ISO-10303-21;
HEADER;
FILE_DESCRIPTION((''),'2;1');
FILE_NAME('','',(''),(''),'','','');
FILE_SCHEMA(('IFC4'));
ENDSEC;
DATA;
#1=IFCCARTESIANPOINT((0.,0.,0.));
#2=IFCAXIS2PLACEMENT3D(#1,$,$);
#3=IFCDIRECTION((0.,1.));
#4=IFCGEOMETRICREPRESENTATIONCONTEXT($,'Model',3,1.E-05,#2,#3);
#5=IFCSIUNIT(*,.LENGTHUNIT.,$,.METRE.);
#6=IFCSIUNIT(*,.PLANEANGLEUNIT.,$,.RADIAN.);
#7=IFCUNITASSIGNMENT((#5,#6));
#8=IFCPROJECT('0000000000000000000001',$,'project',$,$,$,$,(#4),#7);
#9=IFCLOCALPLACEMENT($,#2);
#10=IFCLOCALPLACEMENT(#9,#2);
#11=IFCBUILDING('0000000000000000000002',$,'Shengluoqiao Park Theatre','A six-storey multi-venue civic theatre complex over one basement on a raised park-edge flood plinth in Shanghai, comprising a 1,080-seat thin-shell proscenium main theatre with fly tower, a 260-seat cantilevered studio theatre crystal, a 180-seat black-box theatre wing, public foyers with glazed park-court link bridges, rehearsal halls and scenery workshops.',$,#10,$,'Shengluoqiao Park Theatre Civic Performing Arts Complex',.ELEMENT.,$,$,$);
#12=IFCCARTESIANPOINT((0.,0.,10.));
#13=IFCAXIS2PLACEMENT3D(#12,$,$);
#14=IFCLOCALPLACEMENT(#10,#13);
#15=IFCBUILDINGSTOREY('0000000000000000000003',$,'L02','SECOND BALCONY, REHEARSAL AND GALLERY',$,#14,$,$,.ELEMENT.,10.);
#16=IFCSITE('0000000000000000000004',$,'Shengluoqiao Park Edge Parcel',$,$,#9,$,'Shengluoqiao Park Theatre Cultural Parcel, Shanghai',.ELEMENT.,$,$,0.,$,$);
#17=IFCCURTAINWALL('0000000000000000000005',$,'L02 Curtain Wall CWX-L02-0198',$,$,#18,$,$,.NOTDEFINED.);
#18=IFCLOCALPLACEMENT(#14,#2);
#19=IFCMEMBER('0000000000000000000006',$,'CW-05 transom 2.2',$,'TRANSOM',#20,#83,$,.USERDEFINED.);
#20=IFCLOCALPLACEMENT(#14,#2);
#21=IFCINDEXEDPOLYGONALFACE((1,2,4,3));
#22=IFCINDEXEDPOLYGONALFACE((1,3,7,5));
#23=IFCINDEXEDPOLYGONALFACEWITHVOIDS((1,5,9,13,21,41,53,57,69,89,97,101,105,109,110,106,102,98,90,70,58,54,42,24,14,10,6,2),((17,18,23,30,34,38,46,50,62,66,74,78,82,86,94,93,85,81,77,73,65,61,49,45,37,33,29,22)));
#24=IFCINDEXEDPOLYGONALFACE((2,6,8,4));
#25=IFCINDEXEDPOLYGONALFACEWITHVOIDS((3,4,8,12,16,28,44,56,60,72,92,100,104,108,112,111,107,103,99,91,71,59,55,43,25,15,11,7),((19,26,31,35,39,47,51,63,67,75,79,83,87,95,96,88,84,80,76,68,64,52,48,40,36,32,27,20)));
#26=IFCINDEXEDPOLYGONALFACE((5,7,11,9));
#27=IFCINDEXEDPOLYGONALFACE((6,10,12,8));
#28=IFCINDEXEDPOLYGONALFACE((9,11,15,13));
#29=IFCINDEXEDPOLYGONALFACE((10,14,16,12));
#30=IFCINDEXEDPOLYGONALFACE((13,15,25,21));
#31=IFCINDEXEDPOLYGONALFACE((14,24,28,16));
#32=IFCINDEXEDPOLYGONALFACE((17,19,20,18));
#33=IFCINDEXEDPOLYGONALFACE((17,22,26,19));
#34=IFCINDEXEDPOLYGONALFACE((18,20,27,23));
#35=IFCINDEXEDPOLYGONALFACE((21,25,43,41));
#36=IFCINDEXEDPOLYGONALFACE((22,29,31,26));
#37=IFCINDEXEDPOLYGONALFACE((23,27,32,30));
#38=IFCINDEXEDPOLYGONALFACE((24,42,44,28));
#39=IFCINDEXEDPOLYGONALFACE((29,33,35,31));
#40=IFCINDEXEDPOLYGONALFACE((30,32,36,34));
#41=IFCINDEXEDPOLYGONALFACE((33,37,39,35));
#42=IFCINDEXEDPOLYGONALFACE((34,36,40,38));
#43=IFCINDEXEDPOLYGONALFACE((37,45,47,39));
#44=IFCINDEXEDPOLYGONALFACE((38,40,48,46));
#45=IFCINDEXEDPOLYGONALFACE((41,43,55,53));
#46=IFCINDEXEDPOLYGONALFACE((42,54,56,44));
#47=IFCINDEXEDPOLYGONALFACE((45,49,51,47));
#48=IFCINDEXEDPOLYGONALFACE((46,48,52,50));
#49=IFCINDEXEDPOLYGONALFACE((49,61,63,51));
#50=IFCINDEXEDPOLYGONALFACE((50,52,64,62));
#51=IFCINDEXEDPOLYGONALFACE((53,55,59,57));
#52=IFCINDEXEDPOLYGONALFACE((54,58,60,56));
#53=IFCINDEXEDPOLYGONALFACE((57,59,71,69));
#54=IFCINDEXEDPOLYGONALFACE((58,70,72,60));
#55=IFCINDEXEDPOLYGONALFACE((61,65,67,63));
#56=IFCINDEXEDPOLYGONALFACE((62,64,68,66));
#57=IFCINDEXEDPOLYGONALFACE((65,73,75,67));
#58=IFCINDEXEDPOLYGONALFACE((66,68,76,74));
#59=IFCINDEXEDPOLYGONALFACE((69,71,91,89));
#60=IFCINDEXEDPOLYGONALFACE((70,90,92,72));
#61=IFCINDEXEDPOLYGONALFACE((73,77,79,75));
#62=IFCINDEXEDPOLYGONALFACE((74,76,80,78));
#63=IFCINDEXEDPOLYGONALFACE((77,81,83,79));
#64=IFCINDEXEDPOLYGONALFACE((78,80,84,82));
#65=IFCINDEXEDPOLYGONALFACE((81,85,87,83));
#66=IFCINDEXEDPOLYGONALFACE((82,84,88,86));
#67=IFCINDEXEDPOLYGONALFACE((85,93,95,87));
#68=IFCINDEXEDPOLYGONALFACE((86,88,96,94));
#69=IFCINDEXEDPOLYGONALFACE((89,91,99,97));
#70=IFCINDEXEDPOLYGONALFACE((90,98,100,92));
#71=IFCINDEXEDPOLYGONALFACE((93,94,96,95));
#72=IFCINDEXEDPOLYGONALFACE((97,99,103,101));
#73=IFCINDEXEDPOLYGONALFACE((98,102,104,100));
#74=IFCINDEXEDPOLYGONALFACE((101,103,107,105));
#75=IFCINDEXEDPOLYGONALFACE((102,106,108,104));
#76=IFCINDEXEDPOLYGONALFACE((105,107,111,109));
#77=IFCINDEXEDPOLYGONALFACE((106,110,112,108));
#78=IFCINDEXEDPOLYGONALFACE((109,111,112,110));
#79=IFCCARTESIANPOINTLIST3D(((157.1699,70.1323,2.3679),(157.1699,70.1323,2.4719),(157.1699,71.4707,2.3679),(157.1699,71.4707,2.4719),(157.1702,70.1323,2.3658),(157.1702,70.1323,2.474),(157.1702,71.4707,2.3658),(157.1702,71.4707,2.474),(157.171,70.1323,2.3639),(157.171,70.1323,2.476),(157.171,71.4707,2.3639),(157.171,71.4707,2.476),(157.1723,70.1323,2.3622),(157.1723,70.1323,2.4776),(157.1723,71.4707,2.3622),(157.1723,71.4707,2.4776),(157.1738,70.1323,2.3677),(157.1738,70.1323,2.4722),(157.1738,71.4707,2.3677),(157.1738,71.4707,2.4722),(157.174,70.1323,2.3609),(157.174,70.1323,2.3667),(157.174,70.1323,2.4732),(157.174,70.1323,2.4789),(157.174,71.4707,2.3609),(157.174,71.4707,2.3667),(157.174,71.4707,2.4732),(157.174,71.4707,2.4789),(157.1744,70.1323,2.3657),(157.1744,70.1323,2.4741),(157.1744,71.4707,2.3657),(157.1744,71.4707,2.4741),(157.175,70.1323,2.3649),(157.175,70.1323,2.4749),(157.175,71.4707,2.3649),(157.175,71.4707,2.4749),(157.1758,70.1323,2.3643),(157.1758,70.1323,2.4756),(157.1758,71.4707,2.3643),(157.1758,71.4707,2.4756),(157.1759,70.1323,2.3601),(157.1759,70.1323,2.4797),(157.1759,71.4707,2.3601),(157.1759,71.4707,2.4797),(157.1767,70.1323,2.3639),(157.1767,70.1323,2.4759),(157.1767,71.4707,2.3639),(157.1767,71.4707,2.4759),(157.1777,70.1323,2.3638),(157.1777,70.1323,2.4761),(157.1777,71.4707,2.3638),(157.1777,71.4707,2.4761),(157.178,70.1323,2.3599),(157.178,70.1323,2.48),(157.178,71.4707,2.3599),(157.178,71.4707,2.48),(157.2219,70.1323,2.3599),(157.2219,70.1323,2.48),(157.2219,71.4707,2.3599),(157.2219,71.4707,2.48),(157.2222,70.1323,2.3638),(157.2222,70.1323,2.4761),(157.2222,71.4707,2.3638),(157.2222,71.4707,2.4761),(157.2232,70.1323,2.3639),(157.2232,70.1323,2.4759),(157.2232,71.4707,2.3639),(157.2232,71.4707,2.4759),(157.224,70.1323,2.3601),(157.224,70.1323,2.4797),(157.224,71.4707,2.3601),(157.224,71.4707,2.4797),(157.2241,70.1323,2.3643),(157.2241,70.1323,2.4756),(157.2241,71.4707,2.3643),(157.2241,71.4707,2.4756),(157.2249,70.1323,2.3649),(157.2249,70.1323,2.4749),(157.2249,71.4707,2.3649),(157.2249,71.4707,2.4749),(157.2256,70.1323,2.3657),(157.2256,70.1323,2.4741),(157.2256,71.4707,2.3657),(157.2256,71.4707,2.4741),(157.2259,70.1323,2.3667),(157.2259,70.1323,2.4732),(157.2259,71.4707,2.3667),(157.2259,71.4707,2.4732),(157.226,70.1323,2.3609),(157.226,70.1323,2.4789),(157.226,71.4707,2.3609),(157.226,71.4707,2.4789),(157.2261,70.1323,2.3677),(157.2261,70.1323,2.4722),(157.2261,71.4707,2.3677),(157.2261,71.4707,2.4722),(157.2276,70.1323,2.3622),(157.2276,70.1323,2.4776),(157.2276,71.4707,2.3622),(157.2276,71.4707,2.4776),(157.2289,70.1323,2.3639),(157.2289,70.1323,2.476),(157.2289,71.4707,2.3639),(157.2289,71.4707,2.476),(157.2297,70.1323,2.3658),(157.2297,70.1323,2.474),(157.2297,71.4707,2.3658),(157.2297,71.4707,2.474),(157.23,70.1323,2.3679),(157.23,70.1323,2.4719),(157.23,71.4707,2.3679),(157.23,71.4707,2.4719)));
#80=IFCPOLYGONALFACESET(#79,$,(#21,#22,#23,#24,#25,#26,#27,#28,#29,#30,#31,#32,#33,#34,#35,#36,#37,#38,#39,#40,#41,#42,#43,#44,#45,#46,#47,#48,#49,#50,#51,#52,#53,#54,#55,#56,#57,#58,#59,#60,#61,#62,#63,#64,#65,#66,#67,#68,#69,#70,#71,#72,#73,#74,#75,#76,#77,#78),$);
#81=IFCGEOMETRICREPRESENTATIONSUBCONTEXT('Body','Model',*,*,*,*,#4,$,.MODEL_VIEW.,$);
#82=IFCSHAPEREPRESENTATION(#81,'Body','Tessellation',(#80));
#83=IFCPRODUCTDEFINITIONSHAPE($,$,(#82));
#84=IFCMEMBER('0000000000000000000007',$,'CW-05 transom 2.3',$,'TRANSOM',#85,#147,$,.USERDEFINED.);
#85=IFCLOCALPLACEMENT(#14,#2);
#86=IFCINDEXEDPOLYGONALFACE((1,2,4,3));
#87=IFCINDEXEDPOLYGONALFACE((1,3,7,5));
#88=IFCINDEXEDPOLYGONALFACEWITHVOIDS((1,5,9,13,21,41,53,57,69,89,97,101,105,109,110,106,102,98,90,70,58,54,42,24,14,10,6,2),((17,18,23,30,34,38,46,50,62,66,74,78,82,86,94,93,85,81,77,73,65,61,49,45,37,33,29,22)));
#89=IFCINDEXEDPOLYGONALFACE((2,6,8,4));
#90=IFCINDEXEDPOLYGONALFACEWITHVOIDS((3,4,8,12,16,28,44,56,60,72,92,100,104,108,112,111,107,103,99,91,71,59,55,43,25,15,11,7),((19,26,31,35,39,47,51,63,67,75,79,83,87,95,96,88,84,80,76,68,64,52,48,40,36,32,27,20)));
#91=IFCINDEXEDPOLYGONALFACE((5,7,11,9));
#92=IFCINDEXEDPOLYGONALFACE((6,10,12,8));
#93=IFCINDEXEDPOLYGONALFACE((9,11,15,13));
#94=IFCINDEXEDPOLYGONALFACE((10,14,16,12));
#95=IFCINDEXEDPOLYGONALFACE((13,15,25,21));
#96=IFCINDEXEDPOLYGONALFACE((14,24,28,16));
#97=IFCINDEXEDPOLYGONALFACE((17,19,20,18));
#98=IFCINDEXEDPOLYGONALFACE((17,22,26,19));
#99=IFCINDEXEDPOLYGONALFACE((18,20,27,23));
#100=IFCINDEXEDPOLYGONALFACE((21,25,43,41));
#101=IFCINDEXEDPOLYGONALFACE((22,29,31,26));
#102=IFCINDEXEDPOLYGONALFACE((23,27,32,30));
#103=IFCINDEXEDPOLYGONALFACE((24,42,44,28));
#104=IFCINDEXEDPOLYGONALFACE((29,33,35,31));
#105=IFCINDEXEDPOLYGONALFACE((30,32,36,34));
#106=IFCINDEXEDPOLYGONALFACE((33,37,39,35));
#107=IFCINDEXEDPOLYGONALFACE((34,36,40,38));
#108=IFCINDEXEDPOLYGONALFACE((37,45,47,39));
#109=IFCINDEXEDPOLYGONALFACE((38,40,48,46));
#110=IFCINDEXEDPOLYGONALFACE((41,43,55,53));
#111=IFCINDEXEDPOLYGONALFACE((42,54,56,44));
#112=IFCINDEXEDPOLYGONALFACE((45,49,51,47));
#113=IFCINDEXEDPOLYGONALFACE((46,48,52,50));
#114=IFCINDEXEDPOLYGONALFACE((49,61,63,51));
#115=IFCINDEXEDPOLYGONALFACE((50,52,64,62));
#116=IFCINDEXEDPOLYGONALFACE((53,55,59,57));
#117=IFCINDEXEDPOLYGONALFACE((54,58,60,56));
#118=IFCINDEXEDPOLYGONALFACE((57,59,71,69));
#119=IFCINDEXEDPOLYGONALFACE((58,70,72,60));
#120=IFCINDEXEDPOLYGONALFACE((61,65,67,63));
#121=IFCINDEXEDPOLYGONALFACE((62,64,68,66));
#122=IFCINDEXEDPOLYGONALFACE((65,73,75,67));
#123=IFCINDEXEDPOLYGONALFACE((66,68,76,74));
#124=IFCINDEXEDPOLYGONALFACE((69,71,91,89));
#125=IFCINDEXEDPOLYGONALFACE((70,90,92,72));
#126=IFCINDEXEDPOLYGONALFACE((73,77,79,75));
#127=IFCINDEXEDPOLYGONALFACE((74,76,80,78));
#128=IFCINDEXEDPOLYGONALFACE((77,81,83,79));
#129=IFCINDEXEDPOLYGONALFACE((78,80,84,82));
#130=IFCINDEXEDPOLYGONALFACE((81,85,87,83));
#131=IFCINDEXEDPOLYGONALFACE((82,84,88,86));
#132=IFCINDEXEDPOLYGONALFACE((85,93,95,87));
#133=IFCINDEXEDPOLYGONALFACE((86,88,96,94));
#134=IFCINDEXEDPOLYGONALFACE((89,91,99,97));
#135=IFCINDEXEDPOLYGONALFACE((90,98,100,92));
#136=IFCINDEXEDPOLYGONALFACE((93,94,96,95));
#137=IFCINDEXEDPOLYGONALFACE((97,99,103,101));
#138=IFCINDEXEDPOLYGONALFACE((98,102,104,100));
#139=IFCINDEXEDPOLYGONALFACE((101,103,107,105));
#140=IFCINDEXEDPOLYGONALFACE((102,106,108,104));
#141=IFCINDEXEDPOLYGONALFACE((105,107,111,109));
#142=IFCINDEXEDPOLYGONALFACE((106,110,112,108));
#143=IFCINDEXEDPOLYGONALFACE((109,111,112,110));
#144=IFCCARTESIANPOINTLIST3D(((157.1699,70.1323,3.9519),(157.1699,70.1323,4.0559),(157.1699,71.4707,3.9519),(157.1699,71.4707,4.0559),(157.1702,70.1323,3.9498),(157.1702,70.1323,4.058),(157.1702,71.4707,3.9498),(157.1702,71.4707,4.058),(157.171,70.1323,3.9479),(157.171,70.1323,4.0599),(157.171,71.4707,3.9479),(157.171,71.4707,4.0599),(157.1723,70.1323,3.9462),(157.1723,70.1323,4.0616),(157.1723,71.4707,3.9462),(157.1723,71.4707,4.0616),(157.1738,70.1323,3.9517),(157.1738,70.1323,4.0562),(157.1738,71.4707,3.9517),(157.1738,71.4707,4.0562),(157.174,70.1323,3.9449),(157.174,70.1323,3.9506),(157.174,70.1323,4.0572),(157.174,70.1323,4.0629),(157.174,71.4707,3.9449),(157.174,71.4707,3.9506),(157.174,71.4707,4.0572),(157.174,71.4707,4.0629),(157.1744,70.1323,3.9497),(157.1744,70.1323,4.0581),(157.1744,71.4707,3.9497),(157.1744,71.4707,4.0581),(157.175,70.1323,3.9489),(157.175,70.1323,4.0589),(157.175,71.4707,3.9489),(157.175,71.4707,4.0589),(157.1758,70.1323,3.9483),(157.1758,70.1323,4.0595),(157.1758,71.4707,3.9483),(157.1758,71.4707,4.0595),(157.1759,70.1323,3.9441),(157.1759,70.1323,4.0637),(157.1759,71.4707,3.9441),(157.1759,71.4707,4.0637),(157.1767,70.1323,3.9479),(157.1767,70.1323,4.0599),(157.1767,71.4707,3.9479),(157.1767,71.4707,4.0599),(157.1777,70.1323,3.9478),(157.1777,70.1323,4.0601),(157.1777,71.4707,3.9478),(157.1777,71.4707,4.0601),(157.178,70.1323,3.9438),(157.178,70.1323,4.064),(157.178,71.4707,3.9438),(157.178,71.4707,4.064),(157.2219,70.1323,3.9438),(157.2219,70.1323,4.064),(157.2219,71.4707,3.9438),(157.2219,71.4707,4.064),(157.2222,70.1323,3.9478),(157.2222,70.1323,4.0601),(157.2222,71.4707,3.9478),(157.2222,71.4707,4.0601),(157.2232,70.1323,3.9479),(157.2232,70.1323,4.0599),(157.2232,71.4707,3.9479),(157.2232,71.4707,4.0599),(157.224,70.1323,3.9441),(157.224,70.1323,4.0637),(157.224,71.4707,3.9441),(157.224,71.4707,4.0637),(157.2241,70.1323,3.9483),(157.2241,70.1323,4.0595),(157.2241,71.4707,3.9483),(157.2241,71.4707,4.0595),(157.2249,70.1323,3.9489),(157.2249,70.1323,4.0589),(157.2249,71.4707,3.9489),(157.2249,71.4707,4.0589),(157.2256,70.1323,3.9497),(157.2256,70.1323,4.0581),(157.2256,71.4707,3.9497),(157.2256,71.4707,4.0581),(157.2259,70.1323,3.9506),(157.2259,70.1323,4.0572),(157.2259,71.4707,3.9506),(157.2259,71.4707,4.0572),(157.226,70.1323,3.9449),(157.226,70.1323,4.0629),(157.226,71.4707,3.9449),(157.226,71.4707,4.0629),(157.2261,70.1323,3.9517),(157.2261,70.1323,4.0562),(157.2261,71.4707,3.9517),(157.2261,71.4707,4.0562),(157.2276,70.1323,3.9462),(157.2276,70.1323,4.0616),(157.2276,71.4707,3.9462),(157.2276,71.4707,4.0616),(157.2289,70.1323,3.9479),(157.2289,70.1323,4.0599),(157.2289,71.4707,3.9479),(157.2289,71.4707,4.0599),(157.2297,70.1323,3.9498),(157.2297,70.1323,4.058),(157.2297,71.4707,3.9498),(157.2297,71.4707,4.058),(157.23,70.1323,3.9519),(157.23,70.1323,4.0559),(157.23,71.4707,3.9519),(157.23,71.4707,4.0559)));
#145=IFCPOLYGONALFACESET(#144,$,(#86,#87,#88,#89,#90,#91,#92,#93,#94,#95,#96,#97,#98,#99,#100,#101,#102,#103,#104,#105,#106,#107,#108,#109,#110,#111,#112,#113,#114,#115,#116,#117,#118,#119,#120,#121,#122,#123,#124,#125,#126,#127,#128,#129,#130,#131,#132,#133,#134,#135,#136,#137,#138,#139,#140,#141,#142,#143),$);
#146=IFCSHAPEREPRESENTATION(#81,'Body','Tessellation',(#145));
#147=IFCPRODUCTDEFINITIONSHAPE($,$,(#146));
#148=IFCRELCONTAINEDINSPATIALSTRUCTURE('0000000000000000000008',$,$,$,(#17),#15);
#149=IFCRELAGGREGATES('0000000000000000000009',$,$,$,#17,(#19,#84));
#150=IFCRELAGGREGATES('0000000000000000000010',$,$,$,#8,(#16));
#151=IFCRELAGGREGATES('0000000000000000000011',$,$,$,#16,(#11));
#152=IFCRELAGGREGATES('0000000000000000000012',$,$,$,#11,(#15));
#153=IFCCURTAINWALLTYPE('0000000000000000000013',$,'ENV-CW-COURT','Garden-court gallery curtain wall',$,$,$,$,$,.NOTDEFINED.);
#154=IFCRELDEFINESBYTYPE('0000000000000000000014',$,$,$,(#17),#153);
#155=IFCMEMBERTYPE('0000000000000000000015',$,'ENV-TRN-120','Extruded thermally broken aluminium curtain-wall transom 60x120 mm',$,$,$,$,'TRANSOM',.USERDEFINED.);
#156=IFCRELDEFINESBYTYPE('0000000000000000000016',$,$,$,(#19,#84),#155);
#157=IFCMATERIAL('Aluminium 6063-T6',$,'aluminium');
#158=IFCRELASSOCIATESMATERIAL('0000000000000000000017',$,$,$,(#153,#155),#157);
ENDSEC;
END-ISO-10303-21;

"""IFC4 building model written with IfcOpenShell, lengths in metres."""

from ifc_helpers import new_model, si_unit, direction, frame, origin, origin_2d, place, context, subcontext, project, spatial, hollow_rectangle, extrude, material, material_profile, profile_set, type_object, element, aggregate, save


model = new_model("IFC4")

# Units and contexts
model_context = context("Model", 3, precision=1e-05, world=origin(), true_north=direction((0.0, 1.0)))
body_context = subcontext(model_context, "Body", "Model", "MODEL_VIEW")
ifc_project = project(units=[si_unit("LENGTHUNIT", "METRE"), si_unit("PLANEANGLEUNIT", "RADIAN")], contexts=[model_context])

# Site, building, storey
site_placement = place(None, origin())
site = spatial("IfcSite", under=ifc_project, at=site_placement, Name="Shengluoqiao Park Edge Parcel", LongName="Shengluoqiao Park Theatre Cultural Parcel, Shanghai", CompositionType="ELEMENT", RefElevation=0.0)
building_placement = place(site_placement, origin())
building = spatial("IfcBuilding", under=site, at=building_placement, Name="Shengluoqiao Park Theatre", Description="A six-storey multi-venue civic theatre complex over one basement on a raised park-edge flood plinth in Shanghai, comprising a 1,080-seat thin-shell proscenium main theatre with fly tower, a 260-seat cantilevered studio theatre crystal, a 180-seat black-box theatre wing, public foyers with glazed park-court link bridges, rehearsal halls and scenery workshops.", LongName="Shengluoqiao Park Theatre Civic Performing Arts Complex", CompositionType="ELEMENT")
storey_placement = place(building_placement, frame((0.0, 0.0, 10.0)))
storey = spatial("IfcBuildingStorey", under=building, at=storey_placement, Name="L02", Description="SECOND BALCONY, REHEARSAL AND GALLERY", CompositionType="ELEMENT", Elevation=10.0)

# Curtain wall
ifc_material_1 = material(Name="Aluminium 6063-T6", Category="aluminium")
curtain_wall_type_1 = type_object("IfcCurtainWallType", Name="ENV-CW-COURT", Description="Garden-court gallery curtain wall", PredefinedType="NOTDEFINED", material=ifc_material_1)
curtain_wall_1_placement = place(storey_placement, origin())
curtain_wall_1 = element("IfcCurtainWall", 1, at=curtain_wall_1_placement, inside=storey, type_object=curtain_wall_type_1, Name="L02 Curtain Wall CWX-L02-0198", PredefinedType="NOTDEFINED")

# Members
ifc_material_profile_1 = material_profile(ifc_material_1, hollow_rectangle(XDim=0.0601, YDim=0.1201, WallThickness=0.0039, InnerFilletRadius=0.0039, OuterFilletRadius=0.0081, at=origin_2d()), Name="ALU TRANSOM 120x60x4")
ifc_profile_set_1 = profile_set([ifc_material_profile_1], Name="Aluminium 6063-T6")
member_type_1 = type_object("IfcMemberType", Name="ENV-TRN-120", Description="Extruded thermally broken aluminium curtain-wall transom 60x120 mm", ElementType="TRANSOM", PredefinedType="USERDEFINED", material=ifc_profile_set_1)
member_1_placement = place(storey_placement, frame((157.2, 70.1323, 2.4199), z_axis=(0.0, 1.0, 0.0), x_axis=(-1.0, 0.0, 0.0)))
member_1 = element("IfcMember", 2, at=member_1_placement, type_object=member_type_1, Name="CW-05 transom 2.2", ObjectType="TRANSOM", PredefinedType="USERDEFINED", context=body_context, shape_type="SweptSolid", body=[
    extrude(hollow_rectangle(XDim=0.0601, YDim=0.1201, WallThickness=0.0039, InnerFilletRadius=0.0039, OuterFilletRadius=0.0081, at=origin_2d()), origin(), (0.0, 0.0, 1.0), 1.3384),
])
member_2_placement = place(storey_placement, frame((157.2, 70.1323, 4.0039), z_axis=(0.0, 1.0, 0.0), x_axis=(-1.0, 0.0, 0.0)))
member_2 = element("IfcMember", 3, at=member_2_placement, type_object=member_type_1, Name="CW-05 transom 2.3", ObjectType="TRANSOM", PredefinedType="USERDEFINED", context=body_context, shape_type="SweptSolid", body=[
    extrude(hollow_rectangle(XDim=0.0601, YDim=0.1201, WallThickness=0.0039, InnerFilletRadius=0.0039, OuterFilletRadius=0.0081, at=origin_2d()), origin(), (0.0, 0.0, 1.0), 1.3384),
])

aggregate(curtain_wall_1, [member_1, member_2])

save(model, "model.ifc")
